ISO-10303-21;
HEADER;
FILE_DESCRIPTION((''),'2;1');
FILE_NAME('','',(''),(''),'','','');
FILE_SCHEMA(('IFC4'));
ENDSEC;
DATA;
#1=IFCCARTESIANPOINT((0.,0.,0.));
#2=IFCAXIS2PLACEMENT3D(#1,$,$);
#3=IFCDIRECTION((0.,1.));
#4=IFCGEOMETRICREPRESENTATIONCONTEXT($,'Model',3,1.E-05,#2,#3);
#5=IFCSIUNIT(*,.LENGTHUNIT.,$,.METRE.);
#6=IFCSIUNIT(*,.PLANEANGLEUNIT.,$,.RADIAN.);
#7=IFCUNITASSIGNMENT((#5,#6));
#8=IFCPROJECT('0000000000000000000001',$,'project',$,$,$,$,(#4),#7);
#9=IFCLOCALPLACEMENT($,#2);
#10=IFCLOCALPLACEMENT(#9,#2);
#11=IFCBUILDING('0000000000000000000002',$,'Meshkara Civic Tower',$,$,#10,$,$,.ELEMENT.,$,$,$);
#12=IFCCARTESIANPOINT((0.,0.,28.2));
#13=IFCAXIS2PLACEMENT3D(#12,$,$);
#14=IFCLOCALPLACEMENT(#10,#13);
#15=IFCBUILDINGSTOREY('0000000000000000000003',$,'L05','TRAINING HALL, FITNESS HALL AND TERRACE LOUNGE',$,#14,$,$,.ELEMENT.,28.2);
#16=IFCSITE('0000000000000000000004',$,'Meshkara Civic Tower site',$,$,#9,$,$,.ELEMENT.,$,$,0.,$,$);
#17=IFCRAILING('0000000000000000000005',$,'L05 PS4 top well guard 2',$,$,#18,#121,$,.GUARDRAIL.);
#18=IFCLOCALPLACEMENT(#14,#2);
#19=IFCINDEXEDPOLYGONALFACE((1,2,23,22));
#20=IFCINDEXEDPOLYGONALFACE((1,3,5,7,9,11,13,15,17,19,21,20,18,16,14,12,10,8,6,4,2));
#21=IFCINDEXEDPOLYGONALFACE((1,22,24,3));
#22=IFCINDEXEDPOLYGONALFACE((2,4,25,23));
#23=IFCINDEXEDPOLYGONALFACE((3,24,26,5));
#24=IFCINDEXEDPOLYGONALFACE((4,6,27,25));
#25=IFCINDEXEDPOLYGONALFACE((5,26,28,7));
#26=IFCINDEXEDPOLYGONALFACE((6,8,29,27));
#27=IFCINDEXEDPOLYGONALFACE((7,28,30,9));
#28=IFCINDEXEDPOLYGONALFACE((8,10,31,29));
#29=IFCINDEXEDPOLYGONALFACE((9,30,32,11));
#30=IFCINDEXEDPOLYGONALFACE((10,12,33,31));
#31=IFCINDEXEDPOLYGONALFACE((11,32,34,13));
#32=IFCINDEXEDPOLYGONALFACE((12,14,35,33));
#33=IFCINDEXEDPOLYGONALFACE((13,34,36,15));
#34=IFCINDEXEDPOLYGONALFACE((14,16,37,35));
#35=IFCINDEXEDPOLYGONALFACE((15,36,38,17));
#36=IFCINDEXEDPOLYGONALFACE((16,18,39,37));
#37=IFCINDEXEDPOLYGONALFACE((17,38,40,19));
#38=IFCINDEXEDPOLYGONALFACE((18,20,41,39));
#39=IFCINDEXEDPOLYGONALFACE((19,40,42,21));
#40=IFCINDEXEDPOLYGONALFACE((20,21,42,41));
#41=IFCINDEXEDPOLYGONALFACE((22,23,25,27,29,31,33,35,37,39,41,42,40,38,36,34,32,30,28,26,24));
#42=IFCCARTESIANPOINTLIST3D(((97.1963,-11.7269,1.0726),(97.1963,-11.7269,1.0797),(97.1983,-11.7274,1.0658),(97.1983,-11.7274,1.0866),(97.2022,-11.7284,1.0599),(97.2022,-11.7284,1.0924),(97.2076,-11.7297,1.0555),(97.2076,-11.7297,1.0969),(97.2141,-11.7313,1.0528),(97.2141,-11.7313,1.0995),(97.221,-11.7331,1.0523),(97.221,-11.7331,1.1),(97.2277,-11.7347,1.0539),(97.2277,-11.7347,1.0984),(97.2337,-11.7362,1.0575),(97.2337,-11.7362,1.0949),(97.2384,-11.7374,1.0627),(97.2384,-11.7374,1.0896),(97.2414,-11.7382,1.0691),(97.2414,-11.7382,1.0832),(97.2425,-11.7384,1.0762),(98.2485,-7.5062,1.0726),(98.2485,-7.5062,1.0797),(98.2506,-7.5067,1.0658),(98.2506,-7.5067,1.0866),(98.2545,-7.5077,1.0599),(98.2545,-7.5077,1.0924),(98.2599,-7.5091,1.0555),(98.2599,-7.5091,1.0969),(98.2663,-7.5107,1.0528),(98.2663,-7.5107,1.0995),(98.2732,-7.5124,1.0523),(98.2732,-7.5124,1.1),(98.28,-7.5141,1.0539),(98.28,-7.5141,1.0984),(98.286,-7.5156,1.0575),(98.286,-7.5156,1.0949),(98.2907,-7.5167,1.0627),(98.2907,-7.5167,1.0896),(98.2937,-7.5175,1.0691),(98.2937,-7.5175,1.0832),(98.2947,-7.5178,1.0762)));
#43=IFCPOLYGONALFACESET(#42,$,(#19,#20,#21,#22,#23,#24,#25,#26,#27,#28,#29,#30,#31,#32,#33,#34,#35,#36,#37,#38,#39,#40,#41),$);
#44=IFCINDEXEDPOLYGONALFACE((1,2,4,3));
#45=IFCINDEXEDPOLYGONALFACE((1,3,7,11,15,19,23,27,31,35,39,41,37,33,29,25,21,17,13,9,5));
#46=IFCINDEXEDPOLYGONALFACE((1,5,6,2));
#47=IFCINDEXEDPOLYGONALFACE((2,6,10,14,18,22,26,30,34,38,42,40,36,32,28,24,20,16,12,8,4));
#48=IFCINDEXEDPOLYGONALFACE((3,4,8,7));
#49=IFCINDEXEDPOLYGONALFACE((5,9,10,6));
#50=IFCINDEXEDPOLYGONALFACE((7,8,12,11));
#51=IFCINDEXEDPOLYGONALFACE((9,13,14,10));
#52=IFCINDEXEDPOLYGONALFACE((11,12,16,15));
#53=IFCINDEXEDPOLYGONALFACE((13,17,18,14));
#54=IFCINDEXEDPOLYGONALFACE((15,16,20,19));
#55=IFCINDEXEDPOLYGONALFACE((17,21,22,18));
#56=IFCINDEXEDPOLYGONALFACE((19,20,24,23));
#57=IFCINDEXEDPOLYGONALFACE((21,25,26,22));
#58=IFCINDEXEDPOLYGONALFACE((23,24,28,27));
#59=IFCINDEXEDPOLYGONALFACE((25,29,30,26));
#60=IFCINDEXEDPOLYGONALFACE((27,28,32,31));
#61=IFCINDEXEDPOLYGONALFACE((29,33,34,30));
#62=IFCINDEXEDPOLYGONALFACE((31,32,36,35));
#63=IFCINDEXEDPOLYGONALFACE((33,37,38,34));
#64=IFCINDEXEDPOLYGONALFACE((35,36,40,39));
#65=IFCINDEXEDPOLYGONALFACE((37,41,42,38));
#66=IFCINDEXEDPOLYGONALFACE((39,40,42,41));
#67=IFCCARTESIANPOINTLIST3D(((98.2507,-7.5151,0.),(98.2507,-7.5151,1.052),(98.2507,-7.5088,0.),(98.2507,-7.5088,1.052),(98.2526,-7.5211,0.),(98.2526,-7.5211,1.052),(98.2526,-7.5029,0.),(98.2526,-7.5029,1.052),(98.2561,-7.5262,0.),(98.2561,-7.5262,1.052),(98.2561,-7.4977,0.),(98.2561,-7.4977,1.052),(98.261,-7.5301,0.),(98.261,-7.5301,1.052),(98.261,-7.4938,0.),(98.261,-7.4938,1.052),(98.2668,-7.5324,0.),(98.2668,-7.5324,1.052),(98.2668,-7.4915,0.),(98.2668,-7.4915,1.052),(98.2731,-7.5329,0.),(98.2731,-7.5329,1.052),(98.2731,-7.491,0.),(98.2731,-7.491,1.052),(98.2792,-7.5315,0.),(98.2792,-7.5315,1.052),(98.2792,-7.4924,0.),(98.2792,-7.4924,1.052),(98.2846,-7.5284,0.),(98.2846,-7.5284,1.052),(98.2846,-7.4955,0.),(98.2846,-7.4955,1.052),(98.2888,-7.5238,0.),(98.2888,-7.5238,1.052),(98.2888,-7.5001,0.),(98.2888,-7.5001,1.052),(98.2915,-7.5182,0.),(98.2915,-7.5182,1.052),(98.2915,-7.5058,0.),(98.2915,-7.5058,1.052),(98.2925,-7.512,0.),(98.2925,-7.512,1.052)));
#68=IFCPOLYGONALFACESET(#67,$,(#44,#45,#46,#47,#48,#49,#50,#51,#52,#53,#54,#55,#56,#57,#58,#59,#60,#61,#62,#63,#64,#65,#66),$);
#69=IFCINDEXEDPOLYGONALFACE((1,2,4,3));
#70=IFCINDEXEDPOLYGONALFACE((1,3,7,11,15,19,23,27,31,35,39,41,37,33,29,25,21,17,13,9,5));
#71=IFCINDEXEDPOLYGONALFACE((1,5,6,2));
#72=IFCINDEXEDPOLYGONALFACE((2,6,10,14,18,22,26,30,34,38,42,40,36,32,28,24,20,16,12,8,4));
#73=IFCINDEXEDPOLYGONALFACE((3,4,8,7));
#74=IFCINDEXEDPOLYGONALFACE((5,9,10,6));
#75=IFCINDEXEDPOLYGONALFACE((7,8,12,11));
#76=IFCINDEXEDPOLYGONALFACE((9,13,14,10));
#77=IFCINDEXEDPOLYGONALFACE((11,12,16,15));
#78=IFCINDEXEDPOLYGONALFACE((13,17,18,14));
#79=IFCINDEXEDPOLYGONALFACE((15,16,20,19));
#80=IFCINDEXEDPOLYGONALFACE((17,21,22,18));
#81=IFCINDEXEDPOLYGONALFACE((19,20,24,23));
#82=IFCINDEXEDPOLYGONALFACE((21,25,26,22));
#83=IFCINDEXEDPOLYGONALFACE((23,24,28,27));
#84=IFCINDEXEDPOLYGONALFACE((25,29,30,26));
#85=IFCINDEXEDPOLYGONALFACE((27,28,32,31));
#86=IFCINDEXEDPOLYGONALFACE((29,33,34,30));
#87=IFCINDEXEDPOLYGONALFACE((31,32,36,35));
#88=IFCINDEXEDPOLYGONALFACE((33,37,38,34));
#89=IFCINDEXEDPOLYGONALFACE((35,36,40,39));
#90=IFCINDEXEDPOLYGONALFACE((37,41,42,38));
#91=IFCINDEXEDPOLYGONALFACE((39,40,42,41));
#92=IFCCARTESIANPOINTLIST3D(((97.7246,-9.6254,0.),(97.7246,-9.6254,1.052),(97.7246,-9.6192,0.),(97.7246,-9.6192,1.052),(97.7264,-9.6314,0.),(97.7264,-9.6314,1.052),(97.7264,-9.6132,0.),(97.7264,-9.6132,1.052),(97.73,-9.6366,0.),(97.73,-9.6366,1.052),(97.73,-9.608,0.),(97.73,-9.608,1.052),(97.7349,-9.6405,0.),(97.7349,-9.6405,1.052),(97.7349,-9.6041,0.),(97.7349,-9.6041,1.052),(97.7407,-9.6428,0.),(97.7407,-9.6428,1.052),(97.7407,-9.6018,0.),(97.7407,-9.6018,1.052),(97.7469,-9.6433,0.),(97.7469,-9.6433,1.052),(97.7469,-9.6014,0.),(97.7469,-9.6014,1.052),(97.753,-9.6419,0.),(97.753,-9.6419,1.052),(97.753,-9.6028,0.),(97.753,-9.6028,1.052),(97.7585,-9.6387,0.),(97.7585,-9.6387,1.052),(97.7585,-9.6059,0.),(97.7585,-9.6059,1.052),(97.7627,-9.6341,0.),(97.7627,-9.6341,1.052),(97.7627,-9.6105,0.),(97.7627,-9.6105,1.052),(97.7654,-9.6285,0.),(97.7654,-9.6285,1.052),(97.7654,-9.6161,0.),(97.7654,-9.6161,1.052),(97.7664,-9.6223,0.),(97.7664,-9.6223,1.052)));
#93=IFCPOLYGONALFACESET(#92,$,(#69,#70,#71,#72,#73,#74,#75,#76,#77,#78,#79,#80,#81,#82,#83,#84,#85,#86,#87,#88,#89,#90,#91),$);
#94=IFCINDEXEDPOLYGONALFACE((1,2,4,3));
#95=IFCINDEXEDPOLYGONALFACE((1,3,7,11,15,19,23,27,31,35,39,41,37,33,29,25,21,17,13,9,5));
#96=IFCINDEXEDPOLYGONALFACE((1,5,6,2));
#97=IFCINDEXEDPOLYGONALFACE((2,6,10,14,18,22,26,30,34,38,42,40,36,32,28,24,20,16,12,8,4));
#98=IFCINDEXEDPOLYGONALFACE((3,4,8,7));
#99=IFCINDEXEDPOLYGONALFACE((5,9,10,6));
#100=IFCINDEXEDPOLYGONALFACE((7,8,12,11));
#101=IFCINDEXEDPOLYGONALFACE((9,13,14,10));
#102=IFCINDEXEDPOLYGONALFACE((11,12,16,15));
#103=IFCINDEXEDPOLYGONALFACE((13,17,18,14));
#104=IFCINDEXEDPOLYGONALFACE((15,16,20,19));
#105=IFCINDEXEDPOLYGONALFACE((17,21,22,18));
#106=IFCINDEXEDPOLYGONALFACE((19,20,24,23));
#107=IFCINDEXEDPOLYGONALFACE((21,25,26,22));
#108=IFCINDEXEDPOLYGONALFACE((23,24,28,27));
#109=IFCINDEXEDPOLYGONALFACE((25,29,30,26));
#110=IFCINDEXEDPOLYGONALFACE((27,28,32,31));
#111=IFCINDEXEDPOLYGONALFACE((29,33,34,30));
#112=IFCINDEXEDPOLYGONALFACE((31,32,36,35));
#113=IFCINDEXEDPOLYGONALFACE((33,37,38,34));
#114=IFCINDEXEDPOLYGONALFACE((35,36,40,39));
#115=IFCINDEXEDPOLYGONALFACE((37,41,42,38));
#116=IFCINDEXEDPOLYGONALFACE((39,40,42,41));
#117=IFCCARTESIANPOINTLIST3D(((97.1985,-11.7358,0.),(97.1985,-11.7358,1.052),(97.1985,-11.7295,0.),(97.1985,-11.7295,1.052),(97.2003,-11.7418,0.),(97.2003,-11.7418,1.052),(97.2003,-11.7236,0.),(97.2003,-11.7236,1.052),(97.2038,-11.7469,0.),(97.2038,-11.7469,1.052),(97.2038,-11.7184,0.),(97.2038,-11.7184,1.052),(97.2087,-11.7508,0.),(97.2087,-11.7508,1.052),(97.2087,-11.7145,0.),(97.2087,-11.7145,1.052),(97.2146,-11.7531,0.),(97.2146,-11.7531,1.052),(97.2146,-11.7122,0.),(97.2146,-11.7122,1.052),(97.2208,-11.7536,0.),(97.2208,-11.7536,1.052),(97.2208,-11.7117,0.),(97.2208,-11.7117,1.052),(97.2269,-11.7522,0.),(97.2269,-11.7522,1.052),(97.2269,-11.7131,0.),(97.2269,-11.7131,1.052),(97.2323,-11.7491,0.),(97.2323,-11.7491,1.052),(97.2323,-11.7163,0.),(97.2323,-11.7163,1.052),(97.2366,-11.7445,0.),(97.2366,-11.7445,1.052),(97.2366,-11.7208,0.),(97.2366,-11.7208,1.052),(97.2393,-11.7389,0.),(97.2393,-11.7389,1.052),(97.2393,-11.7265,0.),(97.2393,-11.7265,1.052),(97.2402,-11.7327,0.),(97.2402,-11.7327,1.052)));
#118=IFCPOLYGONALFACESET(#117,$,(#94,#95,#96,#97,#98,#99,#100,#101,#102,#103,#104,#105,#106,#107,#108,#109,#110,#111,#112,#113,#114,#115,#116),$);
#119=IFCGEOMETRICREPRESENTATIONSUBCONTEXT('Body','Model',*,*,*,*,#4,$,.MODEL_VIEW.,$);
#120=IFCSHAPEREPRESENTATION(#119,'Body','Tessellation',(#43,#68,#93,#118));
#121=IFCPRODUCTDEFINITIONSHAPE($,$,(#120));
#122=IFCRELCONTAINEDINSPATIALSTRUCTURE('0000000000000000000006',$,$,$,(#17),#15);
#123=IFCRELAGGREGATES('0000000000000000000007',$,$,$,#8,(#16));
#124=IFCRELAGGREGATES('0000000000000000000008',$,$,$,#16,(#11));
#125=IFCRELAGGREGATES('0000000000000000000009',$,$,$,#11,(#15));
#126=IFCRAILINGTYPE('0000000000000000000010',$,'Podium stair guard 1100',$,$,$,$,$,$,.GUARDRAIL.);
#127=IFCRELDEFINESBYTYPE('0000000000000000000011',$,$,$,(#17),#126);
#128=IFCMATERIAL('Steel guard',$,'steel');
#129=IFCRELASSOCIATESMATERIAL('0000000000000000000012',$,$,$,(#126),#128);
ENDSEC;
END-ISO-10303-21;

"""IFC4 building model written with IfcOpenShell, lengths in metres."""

from ifc_helpers import new_model, si_unit, direction, frame, origin, origin_2d, place, context, subcontext, project, spatial, circle, extrude, material, type_object, element, save


model = new_model("IFC4")

# Units and contexts
model_context = context("Model", 3, precision=1e-05, world=origin(), true_north=direction((0.0, 1.0)))
body_context = subcontext(model_context, "Body", "Model", "MODEL_VIEW")
ifc_project = project(units=[si_unit("LENGTHUNIT", "METRE"), si_unit("PLANEANGLEUNIT", "RADIAN")], contexts=[model_context])

# Site, building, storey
site_placement = place(None, origin())
site = spatial("IfcSite", under=ifc_project, at=site_placement, Name="Meshkara Civic Tower site", CompositionType="ELEMENT", RefElevation=0.0)
building_placement = place(site_placement, origin())
building = spatial("IfcBuilding", under=site, at=building_placement, Name="Meshkara Civic Tower", CompositionType="ELEMENT")
storey_placement = place(building_placement, frame((0.0, 0.0, 28.2)))
storey = spatial("IfcBuildingStorey", under=building, at=storey_placement, Name="L05", Description="TRAINING HALL, FITNESS HALL AND TERRACE LOUNGE", CompositionType="ELEMENT", Elevation=28.2)

# Railing
ifc_material_1 = material(Name="Steel guard", Category="steel")
railing_type = type_object("IfcRailingType", Name="Podium stair guard 1100", PredefinedType="GUARDRAIL", material=ifc_material_1)
railing_1_placement = place(storey_placement, frame((98.2715, -7.512, 0.0)))
element("IfcRailing", 1, at=railing_1_placement, inside=storey, type_object=railing_type, Name="L05 PS4 top well guard 2", PredefinedType="GUARDRAIL", context=body_context, shape_type="SweptSolid", body=[
    extrude(circle(Radius=0.0239, at=origin_2d()), frame((0.0, 0.0, 1.0762), z_axis=(-0.241902, -0.970301, 0.0), x_axis=(0.970301, -0.241902, 0.0)), (0.0, 0.0, 1.0), 4.3499),
    extrude(circle(Radius=0.021, at=origin_2d()), origin(), (0.0, 0.0, 1.0), 1.052),
    extrude(circle(Radius=0.021, at=origin_2d()), frame((-0.5261, -2.1104, 0.0)), (0.0, 0.0, 1.0), 1.052),
    extrude(circle(Radius=0.021, at=origin_2d()), frame((-1.0522, -4.2207, 0.0)), (0.0, 0.0, 1.0), 1.052),
])

save(model, "model.ifc")
